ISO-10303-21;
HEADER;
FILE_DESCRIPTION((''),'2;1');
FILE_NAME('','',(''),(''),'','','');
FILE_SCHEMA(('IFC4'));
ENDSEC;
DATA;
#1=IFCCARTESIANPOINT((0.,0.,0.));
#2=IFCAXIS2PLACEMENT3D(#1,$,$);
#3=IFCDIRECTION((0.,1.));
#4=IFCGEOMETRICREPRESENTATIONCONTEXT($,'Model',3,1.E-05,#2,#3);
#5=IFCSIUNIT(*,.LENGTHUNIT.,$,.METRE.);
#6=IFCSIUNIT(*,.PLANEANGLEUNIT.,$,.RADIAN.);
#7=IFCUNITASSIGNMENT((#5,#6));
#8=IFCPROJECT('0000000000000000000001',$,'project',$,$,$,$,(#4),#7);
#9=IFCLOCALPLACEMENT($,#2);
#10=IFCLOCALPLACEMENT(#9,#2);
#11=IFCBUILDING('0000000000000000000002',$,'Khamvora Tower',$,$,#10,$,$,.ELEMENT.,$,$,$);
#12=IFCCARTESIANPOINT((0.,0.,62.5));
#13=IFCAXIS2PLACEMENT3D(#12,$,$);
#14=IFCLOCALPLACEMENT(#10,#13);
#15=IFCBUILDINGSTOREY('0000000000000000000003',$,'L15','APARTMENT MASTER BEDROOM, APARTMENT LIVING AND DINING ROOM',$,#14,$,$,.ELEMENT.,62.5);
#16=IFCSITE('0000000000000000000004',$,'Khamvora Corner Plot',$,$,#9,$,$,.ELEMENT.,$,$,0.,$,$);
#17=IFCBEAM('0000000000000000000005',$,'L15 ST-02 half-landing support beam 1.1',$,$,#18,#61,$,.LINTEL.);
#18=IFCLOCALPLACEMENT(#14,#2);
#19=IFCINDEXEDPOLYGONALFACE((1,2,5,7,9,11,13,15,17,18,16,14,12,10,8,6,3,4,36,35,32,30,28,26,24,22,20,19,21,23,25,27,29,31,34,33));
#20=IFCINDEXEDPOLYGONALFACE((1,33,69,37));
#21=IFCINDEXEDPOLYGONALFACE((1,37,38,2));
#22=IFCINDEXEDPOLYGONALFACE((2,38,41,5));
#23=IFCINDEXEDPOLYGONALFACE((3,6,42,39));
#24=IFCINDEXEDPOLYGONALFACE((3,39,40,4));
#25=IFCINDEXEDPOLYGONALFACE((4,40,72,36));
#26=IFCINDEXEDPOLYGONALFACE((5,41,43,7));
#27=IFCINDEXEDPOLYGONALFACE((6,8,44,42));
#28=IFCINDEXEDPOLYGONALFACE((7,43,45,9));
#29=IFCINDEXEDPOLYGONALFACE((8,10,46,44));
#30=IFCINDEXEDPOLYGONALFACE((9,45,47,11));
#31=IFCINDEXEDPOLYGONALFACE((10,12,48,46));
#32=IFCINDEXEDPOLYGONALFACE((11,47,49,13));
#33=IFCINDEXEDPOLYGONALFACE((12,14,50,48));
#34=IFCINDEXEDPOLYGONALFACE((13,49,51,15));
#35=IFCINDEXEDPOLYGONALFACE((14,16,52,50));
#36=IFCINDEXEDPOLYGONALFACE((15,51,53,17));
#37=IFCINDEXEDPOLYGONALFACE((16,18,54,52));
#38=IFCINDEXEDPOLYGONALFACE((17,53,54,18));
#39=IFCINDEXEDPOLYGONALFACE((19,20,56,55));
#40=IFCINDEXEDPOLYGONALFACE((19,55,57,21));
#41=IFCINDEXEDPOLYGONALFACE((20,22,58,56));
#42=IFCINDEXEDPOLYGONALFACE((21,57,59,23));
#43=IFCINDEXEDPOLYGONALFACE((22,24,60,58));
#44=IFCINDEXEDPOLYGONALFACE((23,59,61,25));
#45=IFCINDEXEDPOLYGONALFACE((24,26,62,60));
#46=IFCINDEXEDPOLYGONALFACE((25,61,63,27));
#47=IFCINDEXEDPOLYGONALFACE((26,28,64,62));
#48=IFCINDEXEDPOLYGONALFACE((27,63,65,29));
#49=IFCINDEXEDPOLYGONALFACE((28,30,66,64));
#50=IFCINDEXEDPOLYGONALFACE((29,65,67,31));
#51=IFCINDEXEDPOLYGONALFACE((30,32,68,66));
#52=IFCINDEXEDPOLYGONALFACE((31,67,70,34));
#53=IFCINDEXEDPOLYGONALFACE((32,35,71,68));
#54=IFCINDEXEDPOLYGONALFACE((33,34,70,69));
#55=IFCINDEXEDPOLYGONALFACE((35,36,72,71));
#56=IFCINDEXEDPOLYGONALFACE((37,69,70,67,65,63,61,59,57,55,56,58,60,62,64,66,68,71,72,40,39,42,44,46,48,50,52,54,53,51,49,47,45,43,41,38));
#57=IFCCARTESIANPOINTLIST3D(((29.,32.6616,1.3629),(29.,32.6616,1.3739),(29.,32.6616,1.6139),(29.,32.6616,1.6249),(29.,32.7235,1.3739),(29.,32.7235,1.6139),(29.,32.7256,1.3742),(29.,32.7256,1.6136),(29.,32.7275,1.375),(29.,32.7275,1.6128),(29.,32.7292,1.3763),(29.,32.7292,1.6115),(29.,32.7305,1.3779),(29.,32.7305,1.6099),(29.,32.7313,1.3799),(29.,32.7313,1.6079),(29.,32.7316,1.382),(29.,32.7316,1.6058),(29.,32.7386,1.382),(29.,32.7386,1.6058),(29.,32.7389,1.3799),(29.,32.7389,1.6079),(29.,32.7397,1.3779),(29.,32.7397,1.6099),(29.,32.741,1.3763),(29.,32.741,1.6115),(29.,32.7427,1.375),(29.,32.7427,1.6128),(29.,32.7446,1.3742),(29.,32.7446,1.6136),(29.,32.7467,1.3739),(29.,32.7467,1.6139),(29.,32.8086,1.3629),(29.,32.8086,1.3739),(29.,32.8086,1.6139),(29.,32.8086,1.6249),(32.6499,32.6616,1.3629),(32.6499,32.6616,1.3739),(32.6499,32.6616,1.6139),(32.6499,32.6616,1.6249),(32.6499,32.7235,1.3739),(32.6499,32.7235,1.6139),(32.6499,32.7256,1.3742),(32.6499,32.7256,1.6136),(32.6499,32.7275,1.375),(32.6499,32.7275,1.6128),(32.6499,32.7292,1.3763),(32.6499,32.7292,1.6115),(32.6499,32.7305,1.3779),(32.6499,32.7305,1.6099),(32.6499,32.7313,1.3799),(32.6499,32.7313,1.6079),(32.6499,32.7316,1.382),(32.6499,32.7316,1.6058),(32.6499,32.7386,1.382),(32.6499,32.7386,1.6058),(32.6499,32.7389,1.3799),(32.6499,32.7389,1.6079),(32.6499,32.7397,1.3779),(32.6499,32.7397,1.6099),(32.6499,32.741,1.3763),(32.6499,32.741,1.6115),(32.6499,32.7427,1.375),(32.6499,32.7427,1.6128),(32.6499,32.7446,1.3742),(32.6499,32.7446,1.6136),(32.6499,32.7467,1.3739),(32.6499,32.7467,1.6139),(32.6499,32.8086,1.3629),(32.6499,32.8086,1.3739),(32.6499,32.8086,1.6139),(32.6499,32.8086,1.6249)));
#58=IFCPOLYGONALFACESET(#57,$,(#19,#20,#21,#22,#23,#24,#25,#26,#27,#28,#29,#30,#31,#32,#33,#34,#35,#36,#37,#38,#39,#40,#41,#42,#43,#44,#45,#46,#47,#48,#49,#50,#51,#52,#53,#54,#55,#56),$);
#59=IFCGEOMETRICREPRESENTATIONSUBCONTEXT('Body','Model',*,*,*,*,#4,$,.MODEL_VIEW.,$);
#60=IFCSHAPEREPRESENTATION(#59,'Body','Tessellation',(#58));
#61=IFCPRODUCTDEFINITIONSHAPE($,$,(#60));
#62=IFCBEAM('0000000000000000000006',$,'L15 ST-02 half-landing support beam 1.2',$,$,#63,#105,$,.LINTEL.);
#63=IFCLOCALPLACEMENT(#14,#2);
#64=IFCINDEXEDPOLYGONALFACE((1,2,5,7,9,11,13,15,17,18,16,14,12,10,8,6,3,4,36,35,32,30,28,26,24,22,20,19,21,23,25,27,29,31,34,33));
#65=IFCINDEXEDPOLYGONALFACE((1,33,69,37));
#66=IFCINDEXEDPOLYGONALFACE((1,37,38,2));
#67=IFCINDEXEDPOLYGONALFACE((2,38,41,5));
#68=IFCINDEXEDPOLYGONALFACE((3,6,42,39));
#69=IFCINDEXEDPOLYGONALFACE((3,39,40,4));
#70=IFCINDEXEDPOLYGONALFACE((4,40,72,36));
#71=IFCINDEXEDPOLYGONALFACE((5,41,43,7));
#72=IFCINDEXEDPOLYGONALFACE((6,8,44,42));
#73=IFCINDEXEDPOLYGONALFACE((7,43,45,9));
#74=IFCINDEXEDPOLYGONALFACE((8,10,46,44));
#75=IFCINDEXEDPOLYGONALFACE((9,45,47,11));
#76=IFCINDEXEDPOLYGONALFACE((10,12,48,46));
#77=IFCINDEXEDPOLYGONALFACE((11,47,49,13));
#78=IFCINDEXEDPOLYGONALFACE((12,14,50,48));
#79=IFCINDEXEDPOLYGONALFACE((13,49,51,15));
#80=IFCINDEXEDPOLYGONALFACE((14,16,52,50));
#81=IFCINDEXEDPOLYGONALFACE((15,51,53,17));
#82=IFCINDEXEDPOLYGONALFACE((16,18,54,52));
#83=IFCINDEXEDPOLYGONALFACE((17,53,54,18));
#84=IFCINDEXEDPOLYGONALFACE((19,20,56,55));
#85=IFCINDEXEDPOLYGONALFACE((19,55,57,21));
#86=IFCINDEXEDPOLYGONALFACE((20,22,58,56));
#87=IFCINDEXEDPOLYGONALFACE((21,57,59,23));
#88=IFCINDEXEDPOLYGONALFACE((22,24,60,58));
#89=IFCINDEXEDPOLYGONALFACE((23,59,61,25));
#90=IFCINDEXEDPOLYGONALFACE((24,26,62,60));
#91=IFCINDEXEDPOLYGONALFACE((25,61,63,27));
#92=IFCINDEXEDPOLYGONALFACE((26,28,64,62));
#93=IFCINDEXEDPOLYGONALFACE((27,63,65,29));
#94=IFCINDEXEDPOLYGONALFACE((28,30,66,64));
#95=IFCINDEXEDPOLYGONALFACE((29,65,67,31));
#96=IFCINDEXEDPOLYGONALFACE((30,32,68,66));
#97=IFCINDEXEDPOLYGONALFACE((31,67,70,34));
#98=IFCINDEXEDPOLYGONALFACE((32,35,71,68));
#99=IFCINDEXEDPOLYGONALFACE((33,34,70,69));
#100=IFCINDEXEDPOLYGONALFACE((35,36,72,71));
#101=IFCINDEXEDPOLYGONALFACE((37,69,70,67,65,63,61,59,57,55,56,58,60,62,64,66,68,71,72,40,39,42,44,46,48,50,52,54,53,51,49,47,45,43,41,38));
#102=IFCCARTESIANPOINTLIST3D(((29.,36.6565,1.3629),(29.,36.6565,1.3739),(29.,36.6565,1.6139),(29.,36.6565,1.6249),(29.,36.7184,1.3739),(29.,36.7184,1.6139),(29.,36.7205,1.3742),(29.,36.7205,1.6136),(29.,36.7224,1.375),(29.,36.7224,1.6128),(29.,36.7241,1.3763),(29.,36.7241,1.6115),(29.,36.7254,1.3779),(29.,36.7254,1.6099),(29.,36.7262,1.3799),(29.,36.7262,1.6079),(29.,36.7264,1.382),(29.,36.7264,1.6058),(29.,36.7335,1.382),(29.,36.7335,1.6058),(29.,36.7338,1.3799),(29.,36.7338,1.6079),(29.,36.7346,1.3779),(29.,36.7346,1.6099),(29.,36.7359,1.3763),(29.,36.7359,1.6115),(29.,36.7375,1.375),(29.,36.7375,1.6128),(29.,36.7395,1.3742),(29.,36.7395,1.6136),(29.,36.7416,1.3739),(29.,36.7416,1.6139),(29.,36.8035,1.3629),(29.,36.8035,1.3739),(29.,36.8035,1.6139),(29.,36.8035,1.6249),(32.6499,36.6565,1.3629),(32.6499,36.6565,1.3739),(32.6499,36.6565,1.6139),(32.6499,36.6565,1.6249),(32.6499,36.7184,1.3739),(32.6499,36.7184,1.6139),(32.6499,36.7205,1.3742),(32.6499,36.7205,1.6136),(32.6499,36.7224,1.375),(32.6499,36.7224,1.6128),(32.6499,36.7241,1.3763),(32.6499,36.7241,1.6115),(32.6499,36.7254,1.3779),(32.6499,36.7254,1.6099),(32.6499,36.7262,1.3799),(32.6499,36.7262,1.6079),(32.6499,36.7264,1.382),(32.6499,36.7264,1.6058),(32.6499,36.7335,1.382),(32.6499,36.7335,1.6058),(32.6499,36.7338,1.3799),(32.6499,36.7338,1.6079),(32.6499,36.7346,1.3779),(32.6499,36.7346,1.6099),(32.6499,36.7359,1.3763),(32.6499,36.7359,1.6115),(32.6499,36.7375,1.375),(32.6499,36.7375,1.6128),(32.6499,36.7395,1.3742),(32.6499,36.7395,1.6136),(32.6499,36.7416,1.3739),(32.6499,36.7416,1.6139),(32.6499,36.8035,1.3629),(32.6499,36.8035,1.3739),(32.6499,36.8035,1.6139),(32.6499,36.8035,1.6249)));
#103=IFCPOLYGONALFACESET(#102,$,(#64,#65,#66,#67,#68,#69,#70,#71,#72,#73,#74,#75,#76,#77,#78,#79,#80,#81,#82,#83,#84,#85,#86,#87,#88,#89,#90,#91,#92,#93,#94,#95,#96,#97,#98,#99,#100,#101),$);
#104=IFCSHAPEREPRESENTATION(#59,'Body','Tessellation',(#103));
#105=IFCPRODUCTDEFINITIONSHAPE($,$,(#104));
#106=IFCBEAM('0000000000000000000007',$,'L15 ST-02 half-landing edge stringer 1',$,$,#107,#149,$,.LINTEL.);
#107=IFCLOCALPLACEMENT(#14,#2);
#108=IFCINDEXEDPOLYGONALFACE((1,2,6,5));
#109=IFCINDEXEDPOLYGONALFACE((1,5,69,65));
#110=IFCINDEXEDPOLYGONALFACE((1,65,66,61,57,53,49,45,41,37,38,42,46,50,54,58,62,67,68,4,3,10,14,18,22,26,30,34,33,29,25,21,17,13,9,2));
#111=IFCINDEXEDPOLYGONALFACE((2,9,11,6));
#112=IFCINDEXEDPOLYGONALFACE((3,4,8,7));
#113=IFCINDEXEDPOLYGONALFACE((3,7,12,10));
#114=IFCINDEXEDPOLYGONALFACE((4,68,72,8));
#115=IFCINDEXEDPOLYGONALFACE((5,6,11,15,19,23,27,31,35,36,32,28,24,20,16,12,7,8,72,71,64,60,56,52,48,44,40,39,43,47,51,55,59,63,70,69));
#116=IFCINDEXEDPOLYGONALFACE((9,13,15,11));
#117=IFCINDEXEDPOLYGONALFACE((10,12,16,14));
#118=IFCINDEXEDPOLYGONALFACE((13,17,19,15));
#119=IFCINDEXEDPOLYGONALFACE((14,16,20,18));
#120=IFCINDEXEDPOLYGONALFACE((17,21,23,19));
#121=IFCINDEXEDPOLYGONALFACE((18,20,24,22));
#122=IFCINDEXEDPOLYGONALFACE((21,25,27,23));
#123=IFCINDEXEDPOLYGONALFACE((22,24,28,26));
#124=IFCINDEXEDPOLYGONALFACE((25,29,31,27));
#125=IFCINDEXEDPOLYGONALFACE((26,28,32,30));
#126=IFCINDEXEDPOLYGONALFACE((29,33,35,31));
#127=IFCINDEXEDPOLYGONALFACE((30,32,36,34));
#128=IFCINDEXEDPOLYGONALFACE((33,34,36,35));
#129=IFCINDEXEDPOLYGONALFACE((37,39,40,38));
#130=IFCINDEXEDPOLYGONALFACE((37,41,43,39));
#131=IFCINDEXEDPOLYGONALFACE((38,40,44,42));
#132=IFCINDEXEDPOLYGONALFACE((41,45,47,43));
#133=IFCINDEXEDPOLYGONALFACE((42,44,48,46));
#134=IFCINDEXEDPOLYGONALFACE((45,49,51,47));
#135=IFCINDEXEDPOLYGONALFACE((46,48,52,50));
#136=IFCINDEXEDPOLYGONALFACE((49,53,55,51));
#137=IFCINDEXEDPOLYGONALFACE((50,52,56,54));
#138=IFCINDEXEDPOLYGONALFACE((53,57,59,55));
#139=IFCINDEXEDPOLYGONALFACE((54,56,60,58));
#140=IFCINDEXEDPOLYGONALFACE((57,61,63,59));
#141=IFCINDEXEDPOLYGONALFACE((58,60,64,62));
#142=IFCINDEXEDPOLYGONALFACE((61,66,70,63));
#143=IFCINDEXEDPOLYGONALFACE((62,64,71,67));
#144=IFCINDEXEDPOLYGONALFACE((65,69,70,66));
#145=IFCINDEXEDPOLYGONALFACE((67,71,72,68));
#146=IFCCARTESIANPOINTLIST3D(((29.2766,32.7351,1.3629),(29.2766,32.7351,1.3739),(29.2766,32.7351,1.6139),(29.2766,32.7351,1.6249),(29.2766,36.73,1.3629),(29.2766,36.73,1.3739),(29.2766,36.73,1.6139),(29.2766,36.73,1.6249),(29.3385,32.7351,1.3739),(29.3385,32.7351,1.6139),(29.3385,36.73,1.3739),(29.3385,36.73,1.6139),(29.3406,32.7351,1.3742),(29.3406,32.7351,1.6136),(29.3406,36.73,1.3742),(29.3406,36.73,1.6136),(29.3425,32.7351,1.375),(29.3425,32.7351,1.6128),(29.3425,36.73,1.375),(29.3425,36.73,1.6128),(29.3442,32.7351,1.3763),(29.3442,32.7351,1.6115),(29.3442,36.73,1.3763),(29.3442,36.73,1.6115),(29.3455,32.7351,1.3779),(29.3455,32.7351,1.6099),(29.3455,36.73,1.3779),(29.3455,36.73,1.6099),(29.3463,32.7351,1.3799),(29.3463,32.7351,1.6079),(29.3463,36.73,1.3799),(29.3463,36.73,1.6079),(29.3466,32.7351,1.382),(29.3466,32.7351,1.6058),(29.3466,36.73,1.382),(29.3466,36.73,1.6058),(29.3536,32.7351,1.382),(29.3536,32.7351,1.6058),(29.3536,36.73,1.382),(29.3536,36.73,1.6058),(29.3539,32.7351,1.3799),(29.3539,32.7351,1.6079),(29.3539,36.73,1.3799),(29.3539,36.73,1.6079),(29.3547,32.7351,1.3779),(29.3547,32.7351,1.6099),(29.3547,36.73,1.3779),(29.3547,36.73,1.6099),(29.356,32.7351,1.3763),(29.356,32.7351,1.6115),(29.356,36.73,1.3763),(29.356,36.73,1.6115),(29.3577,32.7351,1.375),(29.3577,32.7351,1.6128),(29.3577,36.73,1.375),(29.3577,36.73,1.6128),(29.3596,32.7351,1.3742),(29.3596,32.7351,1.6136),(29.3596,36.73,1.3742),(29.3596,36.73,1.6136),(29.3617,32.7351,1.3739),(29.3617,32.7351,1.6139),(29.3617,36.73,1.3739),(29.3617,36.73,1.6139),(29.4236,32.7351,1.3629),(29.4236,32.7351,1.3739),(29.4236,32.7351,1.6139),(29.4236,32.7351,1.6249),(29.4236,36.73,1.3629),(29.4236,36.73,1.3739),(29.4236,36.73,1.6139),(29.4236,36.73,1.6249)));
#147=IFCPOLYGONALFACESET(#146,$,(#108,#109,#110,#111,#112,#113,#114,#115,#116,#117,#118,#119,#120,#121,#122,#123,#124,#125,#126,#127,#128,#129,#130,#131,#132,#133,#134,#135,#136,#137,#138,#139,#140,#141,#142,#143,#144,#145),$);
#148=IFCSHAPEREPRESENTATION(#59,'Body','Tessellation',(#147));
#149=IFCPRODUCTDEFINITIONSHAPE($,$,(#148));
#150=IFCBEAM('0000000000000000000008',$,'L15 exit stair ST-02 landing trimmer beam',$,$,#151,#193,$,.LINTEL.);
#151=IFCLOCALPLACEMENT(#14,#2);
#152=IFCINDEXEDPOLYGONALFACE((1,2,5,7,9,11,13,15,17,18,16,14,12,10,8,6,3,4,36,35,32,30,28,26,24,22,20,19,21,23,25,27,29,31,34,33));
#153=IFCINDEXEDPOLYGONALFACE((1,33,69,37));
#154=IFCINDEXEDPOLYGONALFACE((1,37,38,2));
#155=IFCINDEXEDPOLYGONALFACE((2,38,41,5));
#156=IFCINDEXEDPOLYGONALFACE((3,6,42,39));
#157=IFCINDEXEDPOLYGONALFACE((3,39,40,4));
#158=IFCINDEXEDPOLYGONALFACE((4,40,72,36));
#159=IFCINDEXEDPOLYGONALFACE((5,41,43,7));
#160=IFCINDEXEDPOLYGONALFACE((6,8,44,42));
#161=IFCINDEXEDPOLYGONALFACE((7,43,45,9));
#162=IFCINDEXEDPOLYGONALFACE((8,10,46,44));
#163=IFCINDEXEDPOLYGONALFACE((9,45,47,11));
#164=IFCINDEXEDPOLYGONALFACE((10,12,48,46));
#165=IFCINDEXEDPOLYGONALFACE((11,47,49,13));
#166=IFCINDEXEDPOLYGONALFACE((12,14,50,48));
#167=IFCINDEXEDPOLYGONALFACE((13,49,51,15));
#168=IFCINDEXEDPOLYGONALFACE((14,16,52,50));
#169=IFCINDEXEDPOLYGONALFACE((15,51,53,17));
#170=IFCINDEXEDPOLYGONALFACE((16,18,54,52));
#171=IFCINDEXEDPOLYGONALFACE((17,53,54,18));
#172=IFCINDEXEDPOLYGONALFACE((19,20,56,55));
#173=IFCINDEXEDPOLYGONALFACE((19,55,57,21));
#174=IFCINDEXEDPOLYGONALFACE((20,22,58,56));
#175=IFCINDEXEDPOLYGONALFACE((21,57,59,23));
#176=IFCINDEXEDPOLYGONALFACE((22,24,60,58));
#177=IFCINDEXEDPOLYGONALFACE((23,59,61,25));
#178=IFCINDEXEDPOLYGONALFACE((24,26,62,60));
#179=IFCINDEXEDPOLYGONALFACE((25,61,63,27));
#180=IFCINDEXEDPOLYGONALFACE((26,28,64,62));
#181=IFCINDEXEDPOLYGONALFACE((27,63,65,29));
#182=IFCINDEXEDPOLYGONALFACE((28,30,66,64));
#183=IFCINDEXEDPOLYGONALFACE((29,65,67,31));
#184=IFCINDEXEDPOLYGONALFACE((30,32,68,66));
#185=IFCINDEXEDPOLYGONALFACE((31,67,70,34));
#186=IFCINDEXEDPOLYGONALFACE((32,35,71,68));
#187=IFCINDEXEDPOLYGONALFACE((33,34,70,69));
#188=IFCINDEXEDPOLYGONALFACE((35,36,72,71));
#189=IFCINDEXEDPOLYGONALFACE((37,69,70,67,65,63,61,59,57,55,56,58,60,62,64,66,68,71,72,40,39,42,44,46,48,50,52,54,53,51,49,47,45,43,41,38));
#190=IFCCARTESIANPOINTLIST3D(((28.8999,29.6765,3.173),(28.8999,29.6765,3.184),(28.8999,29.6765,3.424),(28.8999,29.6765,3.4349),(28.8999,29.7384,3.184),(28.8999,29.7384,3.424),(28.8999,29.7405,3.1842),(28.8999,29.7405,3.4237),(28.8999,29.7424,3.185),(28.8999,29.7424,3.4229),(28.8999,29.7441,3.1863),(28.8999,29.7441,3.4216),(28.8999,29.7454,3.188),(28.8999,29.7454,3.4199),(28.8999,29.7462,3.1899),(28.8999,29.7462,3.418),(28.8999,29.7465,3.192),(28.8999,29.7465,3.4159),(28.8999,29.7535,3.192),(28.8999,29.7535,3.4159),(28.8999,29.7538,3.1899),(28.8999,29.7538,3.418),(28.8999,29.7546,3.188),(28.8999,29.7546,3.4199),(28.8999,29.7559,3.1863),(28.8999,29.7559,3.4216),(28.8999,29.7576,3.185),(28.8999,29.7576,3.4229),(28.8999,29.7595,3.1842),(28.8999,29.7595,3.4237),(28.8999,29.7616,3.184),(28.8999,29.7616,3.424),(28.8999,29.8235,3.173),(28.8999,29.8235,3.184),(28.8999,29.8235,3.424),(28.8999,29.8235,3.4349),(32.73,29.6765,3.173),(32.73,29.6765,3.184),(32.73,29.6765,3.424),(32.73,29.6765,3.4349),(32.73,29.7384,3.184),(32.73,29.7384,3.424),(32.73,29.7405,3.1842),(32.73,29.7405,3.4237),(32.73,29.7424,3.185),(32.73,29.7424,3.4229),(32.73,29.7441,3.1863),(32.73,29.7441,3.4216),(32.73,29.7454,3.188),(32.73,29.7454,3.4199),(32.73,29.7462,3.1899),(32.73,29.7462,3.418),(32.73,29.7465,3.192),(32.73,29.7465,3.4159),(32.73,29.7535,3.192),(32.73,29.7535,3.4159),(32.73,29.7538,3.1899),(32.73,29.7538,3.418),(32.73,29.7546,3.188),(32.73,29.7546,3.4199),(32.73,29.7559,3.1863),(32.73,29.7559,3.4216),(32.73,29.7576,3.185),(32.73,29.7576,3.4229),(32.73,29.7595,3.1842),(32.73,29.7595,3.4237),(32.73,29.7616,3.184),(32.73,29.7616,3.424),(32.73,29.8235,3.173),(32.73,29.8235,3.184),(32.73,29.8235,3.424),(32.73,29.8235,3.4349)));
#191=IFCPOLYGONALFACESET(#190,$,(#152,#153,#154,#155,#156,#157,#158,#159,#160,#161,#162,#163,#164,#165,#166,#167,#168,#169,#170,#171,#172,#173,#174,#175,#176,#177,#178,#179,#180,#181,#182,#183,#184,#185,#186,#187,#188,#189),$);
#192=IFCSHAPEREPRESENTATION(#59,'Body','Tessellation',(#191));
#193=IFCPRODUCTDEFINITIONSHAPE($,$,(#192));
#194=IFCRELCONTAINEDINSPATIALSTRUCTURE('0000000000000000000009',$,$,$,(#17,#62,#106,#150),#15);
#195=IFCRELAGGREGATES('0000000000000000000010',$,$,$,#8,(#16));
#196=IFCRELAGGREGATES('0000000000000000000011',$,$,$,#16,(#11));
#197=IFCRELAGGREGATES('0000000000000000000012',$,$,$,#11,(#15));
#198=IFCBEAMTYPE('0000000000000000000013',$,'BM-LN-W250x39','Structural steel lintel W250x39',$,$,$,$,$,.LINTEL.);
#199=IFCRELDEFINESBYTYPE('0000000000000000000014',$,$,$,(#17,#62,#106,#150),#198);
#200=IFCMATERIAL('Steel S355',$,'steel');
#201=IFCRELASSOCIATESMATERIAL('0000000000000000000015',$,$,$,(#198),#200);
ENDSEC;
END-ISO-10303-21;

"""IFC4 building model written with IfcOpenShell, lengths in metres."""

from ifc_helpers import new_model, si_unit, direction, frame, origin, origin_2d, place, context, subcontext, project, spatial, i_section, extrude, material, material_profile, profile_set, type_object, element, save


model = new_model("IFC4")

# Units and contexts
model_context = context("Model", 3, precision=1e-05, world=origin(), true_north=direction((0.0, 1.0)))
body_context = subcontext(model_context, "Body", "Model", "MODEL_VIEW")
ifc_project = project(units=[si_unit("LENGTHUNIT", "METRE"), si_unit("PLANEANGLEUNIT", "RADIAN")], contexts=[model_context])

# Site, building, storey
site_placement = place(None, origin())
site = spatial("IfcSite", under=ifc_project, at=site_placement, Name="Khamvora Corner Plot", CompositionType="ELEMENT", RefElevation=0.0)
building_placement = place(site_placement, origin())
building = spatial("IfcBuilding", under=site, at=building_placement, Name="Khamvora Tower", CompositionType="ELEMENT")
storey_placement = place(building_placement, frame((0.0, 0.0, 62.5)))
storey = spatial("IfcBuildingStorey", under=building, at=storey_placement, Name="L15", Description="APARTMENT MASTER BEDROOM, APARTMENT LIVING AND DINING ROOM", CompositionType="ELEMENT", Elevation=62.5)

# Beams
ifc_material_1 = material(Name="Steel S355", Category="steel")
ifc_material_profile = material_profile(ifc_material_1, i_section(OverallWidth=0.147, OverallDepth=0.262, WebThickness=0.0071, FlangeThickness=0.011, FilletRadius=0.0081, at=origin_2d()), Name="W250x39")
ifc_profile_set = profile_set([ifc_material_profile], Name="Steel S355")
beam_type = type_object("IfcBeamType", Name="BM-LN-W250x39", Description="Structural steel lintel W250x39", PredefinedType="LINTEL", material=ifc_profile_set)
for number, where, z_axis, x_axis, name in (
    (1, (29.0, 32.7351, 1.4939), (1.0, 0.0, 0.0), (0.0, 1.0, 0.0), "L15 ST-02 half-landing support beam 1.1"),
    (2, (29.0, 36.73, 1.4939), (1.0, 0.0, 0.0), (0.0, 1.0, 0.0), "L15 ST-02 half-landing support beam 1.2"),
):
    element("IfcBeam", number, at=place(storey_placement, frame(where, z_axis=z_axis, x_axis=x_axis)), inside=storey, type_object=beam_type, Name=name, PredefinedType="LINTEL", context=body_context, shape_type="SweptSolid", body=[
        extrude(i_section(OverallWidth=0.147, OverallDepth=0.262, WebThickness=0.0071, FlangeThickness=0.011, FilletRadius=0.0081, at=origin_2d()), origin(), (0.0, 0.0, 1.0), 3.6499),
    ])
beam_1_placement = place(storey_placement, frame((29.3501, 32.7351, 1.4939), z_axis=(0.0, 1.0, 0.0), x_axis=(-1.0, 0.0, 0.0)))
element("IfcBeam", 3, at=beam_1_placement, inside=storey, type_object=beam_type, Name="L15 ST-02 half-landing edge stringer 1", PredefinedType="LINTEL", context=body_context, shape_type="SweptSolid", body=[
    extrude(i_section(OverallWidth=0.147, OverallDepth=0.262, WebThickness=0.0071, FlangeThickness=0.011, FilletRadius=0.0081, at=origin_2d()), origin(), (0.0, 0.0, 1.0), 3.9949),
])
beam_2_placement = place(storey_placement, frame((28.8999, 29.75, 3.304), z_axis=(1.0, 0.0, 0.0), x_axis=(0.0, 1.0, 0.0)))
element("IfcBeam", 4, at=beam_2_placement, inside=storey, type_object=beam_type, Name="L15 exit stair ST-02 landing trimmer beam", PredefinedType="LINTEL", context=body_context, shape_type="SweptSolid", body=[
    extrude(i_section(OverallWidth=0.147, OverallDepth=0.262, WebThickness=0.0071, FlangeThickness=0.011, FilletRadius=0.0081, at=origin_2d()), origin(), (0.0, 0.0, 1.0), 3.8301),
])

save(model, "model.ifc")
